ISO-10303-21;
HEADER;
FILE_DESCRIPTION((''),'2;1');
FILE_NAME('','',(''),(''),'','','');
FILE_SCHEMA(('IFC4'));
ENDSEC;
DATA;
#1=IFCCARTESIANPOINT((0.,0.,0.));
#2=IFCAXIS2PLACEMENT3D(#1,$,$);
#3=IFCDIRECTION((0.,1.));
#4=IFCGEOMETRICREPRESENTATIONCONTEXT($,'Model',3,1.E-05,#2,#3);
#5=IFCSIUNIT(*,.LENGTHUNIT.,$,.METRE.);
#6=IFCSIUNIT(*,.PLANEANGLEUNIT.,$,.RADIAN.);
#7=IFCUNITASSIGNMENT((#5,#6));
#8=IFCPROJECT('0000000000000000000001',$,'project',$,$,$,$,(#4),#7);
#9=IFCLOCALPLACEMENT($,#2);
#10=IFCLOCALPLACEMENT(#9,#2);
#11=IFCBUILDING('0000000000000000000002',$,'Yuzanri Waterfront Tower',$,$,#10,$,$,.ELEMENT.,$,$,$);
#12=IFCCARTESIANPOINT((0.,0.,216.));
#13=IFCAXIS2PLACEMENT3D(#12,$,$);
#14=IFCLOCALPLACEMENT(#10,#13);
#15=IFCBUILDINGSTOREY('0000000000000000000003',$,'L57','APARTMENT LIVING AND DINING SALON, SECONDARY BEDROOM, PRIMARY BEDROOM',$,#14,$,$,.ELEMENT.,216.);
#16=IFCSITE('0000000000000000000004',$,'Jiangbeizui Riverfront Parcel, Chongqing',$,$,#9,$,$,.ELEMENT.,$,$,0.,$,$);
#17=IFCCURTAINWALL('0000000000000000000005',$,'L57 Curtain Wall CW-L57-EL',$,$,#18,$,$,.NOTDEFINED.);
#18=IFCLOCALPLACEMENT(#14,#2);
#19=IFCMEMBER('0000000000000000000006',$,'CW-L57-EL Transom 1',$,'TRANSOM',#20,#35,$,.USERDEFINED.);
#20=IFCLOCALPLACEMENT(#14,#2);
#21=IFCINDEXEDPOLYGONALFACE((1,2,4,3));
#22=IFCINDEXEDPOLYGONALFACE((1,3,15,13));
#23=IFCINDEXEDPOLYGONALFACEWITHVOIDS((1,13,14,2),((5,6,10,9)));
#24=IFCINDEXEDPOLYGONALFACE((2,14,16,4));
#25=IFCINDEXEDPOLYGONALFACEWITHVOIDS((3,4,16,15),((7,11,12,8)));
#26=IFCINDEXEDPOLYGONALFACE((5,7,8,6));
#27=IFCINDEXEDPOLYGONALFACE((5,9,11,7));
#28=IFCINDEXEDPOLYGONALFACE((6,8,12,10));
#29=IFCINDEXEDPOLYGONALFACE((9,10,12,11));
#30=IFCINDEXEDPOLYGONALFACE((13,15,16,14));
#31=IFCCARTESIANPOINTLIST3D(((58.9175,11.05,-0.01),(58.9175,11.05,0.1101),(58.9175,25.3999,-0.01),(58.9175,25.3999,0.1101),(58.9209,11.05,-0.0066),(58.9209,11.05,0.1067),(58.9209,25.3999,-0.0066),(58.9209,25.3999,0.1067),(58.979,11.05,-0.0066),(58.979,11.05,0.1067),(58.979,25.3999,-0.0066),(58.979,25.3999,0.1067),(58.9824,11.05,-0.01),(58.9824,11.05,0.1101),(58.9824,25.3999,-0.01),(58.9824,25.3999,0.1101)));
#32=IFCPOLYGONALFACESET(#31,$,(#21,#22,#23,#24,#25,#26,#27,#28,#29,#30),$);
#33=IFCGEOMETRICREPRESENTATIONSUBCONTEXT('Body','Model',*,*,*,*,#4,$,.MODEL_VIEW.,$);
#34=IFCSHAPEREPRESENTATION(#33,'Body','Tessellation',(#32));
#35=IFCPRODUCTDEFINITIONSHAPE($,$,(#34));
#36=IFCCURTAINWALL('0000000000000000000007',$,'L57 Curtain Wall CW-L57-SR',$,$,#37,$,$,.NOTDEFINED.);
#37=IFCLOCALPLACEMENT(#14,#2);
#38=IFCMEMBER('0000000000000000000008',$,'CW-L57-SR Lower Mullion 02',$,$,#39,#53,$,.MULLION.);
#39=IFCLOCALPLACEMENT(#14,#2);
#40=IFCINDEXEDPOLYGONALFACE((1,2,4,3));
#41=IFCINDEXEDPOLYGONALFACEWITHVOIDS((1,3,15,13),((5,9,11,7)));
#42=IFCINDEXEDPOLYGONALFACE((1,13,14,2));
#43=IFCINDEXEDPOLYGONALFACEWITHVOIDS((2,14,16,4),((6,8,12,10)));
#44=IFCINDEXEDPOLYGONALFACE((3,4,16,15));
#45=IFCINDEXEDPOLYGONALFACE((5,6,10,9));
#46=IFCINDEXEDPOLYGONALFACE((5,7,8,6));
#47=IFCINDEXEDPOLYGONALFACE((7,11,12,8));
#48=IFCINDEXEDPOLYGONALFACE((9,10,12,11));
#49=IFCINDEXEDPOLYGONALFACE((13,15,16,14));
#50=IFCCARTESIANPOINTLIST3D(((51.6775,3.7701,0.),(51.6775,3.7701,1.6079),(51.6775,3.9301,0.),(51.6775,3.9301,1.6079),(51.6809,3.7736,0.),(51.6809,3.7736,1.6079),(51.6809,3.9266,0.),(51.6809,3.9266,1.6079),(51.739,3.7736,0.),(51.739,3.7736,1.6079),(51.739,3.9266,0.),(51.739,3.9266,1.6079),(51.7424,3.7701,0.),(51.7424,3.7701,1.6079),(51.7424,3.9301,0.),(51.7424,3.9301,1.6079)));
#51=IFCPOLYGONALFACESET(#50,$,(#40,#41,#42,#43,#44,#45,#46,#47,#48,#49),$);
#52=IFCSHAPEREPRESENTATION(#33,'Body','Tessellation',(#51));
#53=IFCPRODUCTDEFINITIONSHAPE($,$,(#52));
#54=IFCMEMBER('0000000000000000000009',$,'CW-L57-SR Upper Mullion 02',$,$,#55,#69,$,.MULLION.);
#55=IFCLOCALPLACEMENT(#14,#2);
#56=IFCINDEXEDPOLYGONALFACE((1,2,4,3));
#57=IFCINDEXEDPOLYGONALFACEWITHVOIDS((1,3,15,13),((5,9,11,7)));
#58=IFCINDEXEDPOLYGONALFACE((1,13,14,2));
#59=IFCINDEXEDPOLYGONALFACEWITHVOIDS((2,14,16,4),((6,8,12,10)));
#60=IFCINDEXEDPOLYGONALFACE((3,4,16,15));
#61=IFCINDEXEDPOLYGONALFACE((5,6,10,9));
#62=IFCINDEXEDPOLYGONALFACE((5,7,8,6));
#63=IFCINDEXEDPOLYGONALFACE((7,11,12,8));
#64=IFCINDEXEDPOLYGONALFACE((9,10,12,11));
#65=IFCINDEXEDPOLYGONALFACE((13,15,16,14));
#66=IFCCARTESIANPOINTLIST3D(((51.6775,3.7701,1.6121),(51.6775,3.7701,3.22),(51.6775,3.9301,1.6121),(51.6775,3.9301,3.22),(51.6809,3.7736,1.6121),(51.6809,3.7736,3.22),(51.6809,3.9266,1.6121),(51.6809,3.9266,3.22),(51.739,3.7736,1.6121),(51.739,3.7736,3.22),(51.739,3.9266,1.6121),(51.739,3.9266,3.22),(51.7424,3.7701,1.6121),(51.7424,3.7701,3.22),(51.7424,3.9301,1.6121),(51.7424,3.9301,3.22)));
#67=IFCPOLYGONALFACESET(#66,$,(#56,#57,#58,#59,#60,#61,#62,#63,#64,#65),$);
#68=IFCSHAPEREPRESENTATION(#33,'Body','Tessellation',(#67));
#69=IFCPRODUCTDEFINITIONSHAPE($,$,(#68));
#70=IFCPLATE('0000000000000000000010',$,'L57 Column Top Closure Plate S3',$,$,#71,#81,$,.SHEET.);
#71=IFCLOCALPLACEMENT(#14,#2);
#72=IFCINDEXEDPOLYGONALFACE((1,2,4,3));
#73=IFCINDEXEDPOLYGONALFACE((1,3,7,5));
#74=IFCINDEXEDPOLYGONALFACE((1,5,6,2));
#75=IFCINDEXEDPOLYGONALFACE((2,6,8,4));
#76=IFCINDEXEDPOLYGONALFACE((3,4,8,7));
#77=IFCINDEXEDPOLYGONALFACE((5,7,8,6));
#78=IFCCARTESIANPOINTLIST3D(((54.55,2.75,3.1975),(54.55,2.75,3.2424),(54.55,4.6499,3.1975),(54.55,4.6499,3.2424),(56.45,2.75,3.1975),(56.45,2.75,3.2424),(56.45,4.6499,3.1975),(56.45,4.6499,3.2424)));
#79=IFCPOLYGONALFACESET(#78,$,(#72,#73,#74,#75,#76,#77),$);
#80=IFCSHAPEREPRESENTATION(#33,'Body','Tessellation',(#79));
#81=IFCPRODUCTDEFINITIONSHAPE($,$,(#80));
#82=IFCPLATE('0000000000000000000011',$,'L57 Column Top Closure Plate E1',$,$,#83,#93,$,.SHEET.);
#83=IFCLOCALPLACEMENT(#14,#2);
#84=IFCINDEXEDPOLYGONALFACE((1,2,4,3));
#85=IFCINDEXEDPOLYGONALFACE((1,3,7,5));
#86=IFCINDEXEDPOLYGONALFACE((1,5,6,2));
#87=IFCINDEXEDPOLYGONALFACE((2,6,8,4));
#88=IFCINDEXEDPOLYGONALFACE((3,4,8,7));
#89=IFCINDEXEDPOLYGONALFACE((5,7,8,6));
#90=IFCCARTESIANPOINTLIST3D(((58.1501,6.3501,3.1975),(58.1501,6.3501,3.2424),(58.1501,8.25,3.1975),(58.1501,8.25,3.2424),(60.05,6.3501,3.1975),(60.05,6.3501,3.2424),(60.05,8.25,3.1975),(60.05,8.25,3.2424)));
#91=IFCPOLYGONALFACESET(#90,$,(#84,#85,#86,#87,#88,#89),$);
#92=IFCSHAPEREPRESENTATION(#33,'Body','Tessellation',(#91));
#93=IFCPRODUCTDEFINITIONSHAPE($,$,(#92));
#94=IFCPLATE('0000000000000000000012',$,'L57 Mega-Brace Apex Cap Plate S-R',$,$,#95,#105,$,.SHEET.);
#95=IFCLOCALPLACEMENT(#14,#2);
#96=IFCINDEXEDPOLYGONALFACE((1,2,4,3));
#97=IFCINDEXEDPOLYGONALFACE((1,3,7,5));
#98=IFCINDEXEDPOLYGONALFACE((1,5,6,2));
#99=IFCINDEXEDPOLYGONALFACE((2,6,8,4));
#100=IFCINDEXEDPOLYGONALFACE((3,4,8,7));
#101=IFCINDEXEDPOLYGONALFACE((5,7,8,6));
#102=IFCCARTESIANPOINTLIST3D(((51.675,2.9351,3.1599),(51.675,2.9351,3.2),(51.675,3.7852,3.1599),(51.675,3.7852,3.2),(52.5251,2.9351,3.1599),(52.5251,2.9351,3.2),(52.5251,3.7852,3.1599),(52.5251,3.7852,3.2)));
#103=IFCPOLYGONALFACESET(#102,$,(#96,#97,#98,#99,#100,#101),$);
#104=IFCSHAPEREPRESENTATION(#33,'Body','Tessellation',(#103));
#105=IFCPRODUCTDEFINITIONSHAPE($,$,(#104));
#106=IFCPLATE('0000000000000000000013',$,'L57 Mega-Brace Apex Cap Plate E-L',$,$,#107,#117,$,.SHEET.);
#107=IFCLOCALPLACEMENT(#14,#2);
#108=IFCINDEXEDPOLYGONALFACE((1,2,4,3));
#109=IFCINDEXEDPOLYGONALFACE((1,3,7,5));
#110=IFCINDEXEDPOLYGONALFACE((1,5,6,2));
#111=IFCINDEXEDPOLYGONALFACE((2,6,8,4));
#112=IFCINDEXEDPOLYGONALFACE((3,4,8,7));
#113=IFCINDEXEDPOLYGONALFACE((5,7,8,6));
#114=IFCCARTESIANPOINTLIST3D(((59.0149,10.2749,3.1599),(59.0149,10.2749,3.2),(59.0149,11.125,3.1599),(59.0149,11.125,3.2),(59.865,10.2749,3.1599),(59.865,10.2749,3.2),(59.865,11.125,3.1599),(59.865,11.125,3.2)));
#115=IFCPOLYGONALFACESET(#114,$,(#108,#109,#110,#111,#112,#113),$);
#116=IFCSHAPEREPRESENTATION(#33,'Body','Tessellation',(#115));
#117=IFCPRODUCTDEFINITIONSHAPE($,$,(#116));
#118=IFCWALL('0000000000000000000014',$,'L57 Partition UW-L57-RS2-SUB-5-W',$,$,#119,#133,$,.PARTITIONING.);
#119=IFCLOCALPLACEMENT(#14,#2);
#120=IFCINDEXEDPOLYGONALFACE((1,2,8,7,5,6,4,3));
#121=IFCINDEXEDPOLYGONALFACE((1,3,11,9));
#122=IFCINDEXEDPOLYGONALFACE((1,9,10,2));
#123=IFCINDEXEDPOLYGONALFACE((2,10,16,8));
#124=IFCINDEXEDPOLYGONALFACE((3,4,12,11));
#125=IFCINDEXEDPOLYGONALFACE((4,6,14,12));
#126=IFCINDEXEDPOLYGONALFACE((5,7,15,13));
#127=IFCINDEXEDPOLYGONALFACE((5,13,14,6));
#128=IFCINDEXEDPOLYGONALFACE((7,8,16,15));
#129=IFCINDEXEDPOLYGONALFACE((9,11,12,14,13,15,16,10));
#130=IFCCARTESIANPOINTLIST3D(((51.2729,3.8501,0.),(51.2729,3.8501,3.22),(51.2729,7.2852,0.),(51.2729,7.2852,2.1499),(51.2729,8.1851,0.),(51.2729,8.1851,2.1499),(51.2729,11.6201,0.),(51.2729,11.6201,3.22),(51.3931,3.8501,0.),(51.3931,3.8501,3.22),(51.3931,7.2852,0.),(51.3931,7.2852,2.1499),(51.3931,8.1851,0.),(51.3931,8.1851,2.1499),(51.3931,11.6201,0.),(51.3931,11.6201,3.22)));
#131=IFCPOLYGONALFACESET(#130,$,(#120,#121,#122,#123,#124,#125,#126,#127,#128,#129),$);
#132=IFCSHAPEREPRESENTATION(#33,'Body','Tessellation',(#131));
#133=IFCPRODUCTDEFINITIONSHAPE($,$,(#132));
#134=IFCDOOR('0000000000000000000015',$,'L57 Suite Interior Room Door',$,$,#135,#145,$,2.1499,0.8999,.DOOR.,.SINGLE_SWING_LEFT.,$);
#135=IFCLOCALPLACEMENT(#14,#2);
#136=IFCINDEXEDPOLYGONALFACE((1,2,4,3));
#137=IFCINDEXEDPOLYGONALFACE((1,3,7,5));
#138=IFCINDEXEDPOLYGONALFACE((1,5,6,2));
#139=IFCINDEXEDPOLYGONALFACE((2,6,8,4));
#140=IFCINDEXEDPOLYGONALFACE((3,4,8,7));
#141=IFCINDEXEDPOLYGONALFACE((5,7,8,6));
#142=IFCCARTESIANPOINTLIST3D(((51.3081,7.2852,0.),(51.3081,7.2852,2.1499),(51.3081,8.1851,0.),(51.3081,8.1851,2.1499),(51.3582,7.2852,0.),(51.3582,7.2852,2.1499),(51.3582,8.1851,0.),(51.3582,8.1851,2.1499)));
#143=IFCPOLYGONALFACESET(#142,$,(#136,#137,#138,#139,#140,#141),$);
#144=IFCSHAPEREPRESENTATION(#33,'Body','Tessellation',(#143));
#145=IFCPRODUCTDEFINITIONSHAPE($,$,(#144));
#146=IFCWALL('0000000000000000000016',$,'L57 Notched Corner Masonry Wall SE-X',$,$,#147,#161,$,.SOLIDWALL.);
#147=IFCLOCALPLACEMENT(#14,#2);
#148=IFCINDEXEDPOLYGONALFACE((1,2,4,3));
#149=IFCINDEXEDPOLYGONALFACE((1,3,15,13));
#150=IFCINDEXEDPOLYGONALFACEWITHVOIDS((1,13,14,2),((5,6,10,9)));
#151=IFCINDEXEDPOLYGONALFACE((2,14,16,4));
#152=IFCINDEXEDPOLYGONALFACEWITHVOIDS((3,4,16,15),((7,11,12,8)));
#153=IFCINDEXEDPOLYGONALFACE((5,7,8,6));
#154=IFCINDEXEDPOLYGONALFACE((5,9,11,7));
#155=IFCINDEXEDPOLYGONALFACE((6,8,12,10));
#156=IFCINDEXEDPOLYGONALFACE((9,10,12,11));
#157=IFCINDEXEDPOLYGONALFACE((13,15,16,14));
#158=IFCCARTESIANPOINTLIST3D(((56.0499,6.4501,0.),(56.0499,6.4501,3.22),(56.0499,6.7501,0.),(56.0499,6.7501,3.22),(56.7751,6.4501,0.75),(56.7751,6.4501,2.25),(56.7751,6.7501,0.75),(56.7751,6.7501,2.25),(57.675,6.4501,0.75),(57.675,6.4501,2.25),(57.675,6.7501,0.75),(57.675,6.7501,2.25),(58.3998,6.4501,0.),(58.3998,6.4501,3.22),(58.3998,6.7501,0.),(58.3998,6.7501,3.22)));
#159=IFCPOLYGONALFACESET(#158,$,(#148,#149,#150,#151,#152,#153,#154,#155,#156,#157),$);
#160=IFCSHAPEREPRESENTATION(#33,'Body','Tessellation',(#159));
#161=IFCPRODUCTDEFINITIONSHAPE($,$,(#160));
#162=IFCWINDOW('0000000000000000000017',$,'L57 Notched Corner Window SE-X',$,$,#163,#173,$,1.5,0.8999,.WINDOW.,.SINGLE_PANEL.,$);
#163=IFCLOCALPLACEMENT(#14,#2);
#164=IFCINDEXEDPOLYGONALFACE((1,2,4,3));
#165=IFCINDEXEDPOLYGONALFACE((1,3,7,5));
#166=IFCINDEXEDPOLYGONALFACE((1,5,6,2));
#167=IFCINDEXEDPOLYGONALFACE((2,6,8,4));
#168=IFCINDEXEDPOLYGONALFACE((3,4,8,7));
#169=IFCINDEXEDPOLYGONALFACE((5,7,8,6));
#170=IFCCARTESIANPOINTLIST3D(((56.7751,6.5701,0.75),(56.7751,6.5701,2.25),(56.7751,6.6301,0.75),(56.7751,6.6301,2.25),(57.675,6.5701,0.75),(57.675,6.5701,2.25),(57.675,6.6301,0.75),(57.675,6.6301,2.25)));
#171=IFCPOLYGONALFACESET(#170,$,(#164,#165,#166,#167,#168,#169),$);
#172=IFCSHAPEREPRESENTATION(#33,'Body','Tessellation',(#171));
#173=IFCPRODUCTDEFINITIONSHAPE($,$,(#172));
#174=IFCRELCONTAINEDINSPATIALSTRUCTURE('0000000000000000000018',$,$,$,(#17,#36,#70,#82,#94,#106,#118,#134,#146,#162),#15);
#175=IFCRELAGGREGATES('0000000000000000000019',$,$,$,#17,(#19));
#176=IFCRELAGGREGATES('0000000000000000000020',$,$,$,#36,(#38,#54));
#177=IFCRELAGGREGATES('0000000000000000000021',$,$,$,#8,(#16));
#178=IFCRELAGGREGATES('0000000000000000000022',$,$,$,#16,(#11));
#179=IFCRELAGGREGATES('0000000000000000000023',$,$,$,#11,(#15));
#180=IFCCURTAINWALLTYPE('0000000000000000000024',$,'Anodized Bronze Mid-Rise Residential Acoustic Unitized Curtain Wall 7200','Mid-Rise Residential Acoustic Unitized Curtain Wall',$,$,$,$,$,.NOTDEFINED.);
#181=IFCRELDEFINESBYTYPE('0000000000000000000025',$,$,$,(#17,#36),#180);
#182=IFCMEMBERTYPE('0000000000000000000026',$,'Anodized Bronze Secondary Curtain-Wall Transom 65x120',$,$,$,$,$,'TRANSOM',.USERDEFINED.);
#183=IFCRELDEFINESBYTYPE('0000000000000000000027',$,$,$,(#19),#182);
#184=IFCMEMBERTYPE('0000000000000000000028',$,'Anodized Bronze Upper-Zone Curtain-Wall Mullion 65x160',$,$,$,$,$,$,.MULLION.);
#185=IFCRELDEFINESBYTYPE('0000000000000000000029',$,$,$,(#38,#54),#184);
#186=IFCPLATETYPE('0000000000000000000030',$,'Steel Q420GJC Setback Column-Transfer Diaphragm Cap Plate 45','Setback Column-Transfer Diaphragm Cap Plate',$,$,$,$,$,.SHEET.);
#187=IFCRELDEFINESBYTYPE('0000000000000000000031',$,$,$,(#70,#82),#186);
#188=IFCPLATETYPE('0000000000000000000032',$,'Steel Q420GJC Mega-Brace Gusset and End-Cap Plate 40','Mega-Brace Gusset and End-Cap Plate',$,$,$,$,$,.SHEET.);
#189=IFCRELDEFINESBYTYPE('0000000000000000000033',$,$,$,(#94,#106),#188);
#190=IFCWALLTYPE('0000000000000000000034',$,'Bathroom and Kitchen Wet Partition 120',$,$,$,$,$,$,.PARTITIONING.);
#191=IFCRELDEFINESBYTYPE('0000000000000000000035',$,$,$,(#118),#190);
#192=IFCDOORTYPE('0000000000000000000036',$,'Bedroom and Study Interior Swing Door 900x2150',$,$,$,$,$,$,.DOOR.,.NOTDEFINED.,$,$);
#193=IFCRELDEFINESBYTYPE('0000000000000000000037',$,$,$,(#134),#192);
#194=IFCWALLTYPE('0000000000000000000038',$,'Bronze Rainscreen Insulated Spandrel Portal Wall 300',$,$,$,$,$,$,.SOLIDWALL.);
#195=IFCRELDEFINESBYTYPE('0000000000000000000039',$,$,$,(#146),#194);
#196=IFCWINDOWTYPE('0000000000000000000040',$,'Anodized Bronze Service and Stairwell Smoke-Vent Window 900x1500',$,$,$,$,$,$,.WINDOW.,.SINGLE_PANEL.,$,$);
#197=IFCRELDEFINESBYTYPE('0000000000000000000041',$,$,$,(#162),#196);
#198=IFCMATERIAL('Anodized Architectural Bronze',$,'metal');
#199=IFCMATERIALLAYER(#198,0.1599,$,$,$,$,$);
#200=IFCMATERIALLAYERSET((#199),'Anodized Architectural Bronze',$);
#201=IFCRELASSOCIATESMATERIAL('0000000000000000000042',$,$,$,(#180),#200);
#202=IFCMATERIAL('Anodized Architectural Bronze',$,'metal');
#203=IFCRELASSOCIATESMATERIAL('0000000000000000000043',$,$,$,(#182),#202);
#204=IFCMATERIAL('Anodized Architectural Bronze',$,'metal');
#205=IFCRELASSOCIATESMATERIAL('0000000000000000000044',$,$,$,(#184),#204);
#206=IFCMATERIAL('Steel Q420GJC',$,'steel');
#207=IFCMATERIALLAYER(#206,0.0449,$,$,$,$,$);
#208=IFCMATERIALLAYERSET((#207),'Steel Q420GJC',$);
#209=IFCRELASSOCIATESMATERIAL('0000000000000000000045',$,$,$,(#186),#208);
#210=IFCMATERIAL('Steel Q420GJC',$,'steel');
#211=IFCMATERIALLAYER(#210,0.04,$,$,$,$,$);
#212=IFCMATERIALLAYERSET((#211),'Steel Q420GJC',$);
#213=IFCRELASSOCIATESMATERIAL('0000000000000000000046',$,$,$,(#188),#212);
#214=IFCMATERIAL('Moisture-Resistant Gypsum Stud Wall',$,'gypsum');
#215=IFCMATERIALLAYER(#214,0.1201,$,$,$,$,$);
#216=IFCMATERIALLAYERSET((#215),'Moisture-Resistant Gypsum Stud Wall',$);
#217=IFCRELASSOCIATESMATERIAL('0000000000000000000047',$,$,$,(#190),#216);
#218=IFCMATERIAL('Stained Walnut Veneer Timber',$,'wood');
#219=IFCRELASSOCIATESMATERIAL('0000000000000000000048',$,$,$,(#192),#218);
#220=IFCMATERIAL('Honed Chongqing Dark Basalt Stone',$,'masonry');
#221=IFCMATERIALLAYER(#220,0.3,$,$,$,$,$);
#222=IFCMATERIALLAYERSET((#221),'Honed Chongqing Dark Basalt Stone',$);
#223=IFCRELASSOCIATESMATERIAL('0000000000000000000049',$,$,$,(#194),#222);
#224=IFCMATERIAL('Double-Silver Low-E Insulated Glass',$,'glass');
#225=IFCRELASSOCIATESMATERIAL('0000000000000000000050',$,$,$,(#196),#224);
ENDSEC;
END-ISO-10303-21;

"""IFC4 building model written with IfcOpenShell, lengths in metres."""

from ifc_helpers import new_model, si_unit, direction, frame, frame_2d, origin, origin_2d, place, context, subcontext, project, spatial, rectangle, hollow_rectangle, extrude, source, transform, mapped, material, layer, layer_set, material_profile, profile_set, type_object, element, fill, aggregate, save


model = new_model("IFC4")

# Units and contexts
model_context = context("Model", 3, precision=1e-05, world=origin(), true_north=direction((0.0, 1.0)))
body_context = subcontext(model_context, "Body", "Model", "MODEL_VIEW")
ifc_project = project(units=[si_unit("LENGTHUNIT", "METRE"), si_unit("PLANEANGLEUNIT", "RADIAN")], contexts=[model_context])

# Site, building, storey
site_placement = place(None, origin())
site = spatial("IfcSite", under=ifc_project, at=site_placement, Name="Jiangbeizui Riverfront Parcel, Chongqing", CompositionType="ELEMENT", RefElevation=0.0)
building_placement = place(site_placement, origin())
building = spatial("IfcBuilding", under=site, at=building_placement, Name="Yuzanri Waterfront Tower", CompositionType="ELEMENT")
storey_placement = place(building_placement, frame((0.0, 0.0, 216.0)))
storey = spatial("IfcBuildingStorey", under=building, at=storey_placement, Name="L57", Description="APARTMENT LIVING AND DINING SALON, SECONDARY BEDROOM, PRIMARY BEDROOM", CompositionType="ELEMENT", Elevation=216.0)

# Curtain wall, member
ifc_material_1 = material(Name="Anodized Architectural Bronze", Category="metal")
ifc_layer_1 = layer(ifc_material_1, 0.1599)
ifc_layer_set_1 = layer_set([ifc_layer_1], Name="Anodized Architectural Bronze")
curtain_wall_type = type_object("IfcCurtainWallType", Name="Anodized Bronze Mid-Rise Residential Acoustic Unitized Curtain Wall 7200", Description="Mid-Rise Residential Acoustic Unitized Curtain Wall", PredefinedType="NOTDEFINED", material=ifc_layer_set_1)
curtain_wall_1_placement = place(storey_placement, origin())
curtain_wall_1 = element("IfcCurtainWall", 1, at=curtain_wall_1_placement, inside=storey, type_object=curtain_wall_type, Name="L57 Curtain Wall CW-L57-EL", PredefinedType="NOTDEFINED")
ifc_material_2 = material(Name="Anodized Architectural Bronze", Category="metal")
ifc_material_profile_1 = material_profile(ifc_material_2, hollow_rectangle(XDim=0.0649, YDim=0.1201, WallThickness=0.0034, at=origin_2d()), Name="CWT 65x120")
ifc_profile_set_1 = profile_set([ifc_material_profile_1], Name="Anodized Architectural Bronze")
member_type_1 = type_object("IfcMemberType", Name="Anodized Bronze Secondary Curtain-Wall Transom 65x120", ElementType="TRANSOM", PredefinedType="USERDEFINED", material=ifc_profile_set_1)
shared_shape_1 = source(origin(), body_context, "Body", "SweptSolid", [
    extrude(hollow_rectangle(XDim=0.0649, YDim=0.1201, WallThickness=0.0034, at=origin_2d()), origin(), (0.0, 0.0, 1.0), 14.3499),
])
member_1_placement = place(storey_placement, frame((58.95, 11.05, 0.05), z_axis=(0.0, 1.0, 0.0), x_axis=(-1.0, 0.0, 0.0)))
member_1 = element("IfcMember", 2, at=member_1_placement, type_object=member_type_1, Name="CW-L57-EL Transom 1", ObjectType="TRANSOM", PredefinedType="USERDEFINED", context=body_context, shape_type="MappedRepresentation", body=[
    mapped(shared_shape_1, transform((0.0, 0.0, 0.0), scale=1.0)),
])
aggregate(curtain_wall_1, [member_1])

# Curtain wall, members
curtain_wall_2_placement = place(storey_placement, origin())
curtain_wall_2 = element("IfcCurtainWall", 3, at=curtain_wall_2_placement, inside=storey, type_object=curtain_wall_type, Name="L57 Curtain Wall CW-L57-SR", PredefinedType="NOTDEFINED")
ifc_material_3 = material(Name="Anodized Architectural Bronze", Category="metal")
ifc_material_profile_2 = material_profile(ifc_material_3, hollow_rectangle(XDim=0.0649, YDim=0.1599, WallThickness=0.0034, at=origin_2d()), Name="CWM 65x160")
ifc_profile_set_2 = profile_set([ifc_material_profile_2], Name="Anodized Architectural Bronze")
member_type_2 = type_object("IfcMemberType", Name="Anodized Bronze Upper-Zone Curtain-Wall Mullion 65x160", PredefinedType="MULLION", material=ifc_profile_set_2)
shared_shape_2 = source(origin(), body_context, "Body", "SweptSolid", [
    extrude(hollow_rectangle(XDim=0.0649, YDim=0.1599, WallThickness=0.0034, at=origin_2d()), origin(), (0.0, 0.0, 1.0), 1.6079),
])
member_2_placement = place(storey_placement, frame((51.71, 3.8501, 0.0), z_axis=(0.0, 0.0, 1.0), x_axis=(1.0, 0.0, 0.0)))
member_2 = element("IfcMember", 4, at=member_2_placement, type_object=member_type_2, Name="CW-L57-SR Lower Mullion 02", PredefinedType="MULLION", context=body_context, shape_type="MappedRepresentation", body=[
    mapped(shared_shape_2, transform((0.0, 0.0, 0.0), scale=1.0)),
])
member_3_placement = place(storey_placement, frame((51.71, 3.8501, 1.6121), z_axis=(0.0, 0.0, 1.0), x_axis=(1.0, 0.0, 0.0)))
member_3 = element("IfcMember", 5, at=member_3_placement, type_object=member_type_2, Name="CW-L57-SR Upper Mullion 02", PredefinedType="MULLION", context=body_context, shape_type="MappedRepresentation", body=[
    mapped(shared_shape_2, transform((0.0, 0.0, 0.0), scale=1.0)),
])
aggregate(curtain_wall_2, [member_2, member_3])

# Plates
ifc_material_4 = material(Name="Steel Q420GJC", Category="steel")
ifc_layer_2 = layer(ifc_material_4, 0.0449)
ifc_layer_set_2 = layer_set([ifc_layer_2], Name="Steel Q420GJC")
plate_type_1 = type_object("IfcPlateType", Name="Steel Q420GJC Setback Column-Transfer Diaphragm Cap Plate 45", Description="Setback Column-Transfer Diaphragm Cap Plate", PredefinedType="SHEET", material=ifc_layer_set_2)
shared_shape_3 = source(origin(), body_context, "Body", "SweptSolid", [
    extrude(rectangle(XDim=1.8999, YDim=1.8999, at=origin_2d()), origin(), (0.0, 0.0, 1.0), 0.0449),
])
for number, where, z_axis, x_axis, name in (
    (6, (55.5, 3.7, 3.1975), (0.0, 0.0, 1.0), (1.0, 0.0, 0.0), "L57 Column Top Closure Plate S3"),
    (7, (59.1001, 7.3, 3.1975), (0.0, 0.0, 1.0), (1.0, 0.0, 0.0), "L57 Column Top Closure Plate E1"),
):
    element("IfcPlate", number, at=place(storey_placement, frame(where, z_axis=z_axis, x_axis=x_axis)), inside=storey, type_object=plate_type_1, Name=name, PredefinedType="SHEET", context=body_context, shape_type="MappedRepresentation", body=[
        mapped(shared_shape_3, transform((0.0, 0.0, 0.0), scale=1.0)),
    ])
ifc_material_5 = material(Name="Steel Q420GJC", Category="steel")
ifc_layer_3 = layer(ifc_material_5, 0.04)
ifc_layer_set_3 = layer_set([ifc_layer_3], Name="Steel Q420GJC")
plate_type_2 = type_object("IfcPlateType", Name="Steel Q420GJC Mega-Brace Gusset and End-Cap Plate 40", Description="Mega-Brace Gusset and End-Cap Plate", PredefinedType="SHEET", material=ifc_layer_set_3)
shared_shape_4 = source(origin(), body_context, "Body", "SweptSolid", [
    extrude(rectangle(XDim=0.8501, YDim=0.8501, at=origin_2d()), origin(), (0.0, 0.0, 1.0), 0.04),
])
for number, where, z_axis, x_axis, name in (
    (8, (52.1001, 3.3601, 3.1599), (0.0, 0.0, 1.0), (1.0, 0.0, 0.0), "L57 Mega-Brace Apex Cap Plate S-R"),
    (9, (59.4399, 10.7, 3.1599), (0.0, 0.0, 1.0), (1.0, 0.0, 0.0), "L57 Mega-Brace Apex Cap Plate E-L"),
):
    element("IfcPlate", number, at=place(storey_placement, frame(where, z_axis=z_axis, x_axis=x_axis)), inside=storey, type_object=plate_type_2, Name=name, PredefinedType="SHEET", context=body_context, shape_type="MappedRepresentation", body=[
        mapped(shared_shape_4, transform((0.0, 0.0, 0.0), scale=1.0)),
    ])

# Wall, opening, door
ifc_material_6 = material(Name="Moisture-Resistant Gypsum Stud Wall", Category="gypsum")
ifc_layer_4 = layer(ifc_material_6, 0.1201)
ifc_layer_set_4 = layer_set([ifc_layer_4], Name="Moisture-Resistant Gypsum Stud Wall")
wall_type_1 = type_object("IfcWallType", Name="Bathroom and Kitchen Wet Partition 120", PredefinedType="PARTITIONING", material=ifc_layer_set_4)
wall_1_placement = place(storey_placement, frame((51.333, 3.8501, 0.0), z_axis=(0.0, 0.0, 1.0), x_axis=(0.0, 1.0, 0.0)))
wall_1 = element("IfcWall", 10, at=wall_1_placement, inside=storey, type_object=wall_type_1, Name="L57 Partition UW-L57-RS2-SUB-5-W", PredefinedType="PARTITIONING", context=body_context, shape_type="SweptSolid", body=[
    extrude(rectangle(XDim=7.77, YDim=0.1201, at=frame_2d((3.885, 0.0))), origin(), (0.0, 0.0, 1.0), 3.22),
])
opening_1_placement = place(wall_1_placement, frame((3.4351, 0.0, 0.0)))
opening_1 = element("IfcOpeningElement", 11, at=opening_1_placement, cuts=wall_1, PredefinedType="OPENING", context=body_context, shape_type="SweptSolid", body=[
    extrude(rectangle(XDim=0.8999, YDim=2.1499, at=frame_2d((0.45, 1.075))), frame((0.0, 0.075, 0.0), z_axis=(0.0, -1.0, 0.0), x_axis=(1.0, 0.0, 0.0)), (0.0, 0.0, 1.0), 0.1499),
])
ifc_material_7 = material(Name="Stained Walnut Veneer Timber", Category="wood")
door_type = type_object("IfcDoorType", Name="Bedroom and Study Interior Swing Door 900x2150", OperationType="NOTDEFINED", PredefinedType="DOOR", material=ifc_material_7)
shared_shape_5 = source(origin(), body_context, "Body", "SweptSolid", [
    extrude(rectangle(XDim=0.8999, YDim=2.1499, at=frame_2d((0.45, 1.075))), frame((0.0, 0.0249, 0.0), z_axis=(0.0, -1.0, 0.0), x_axis=(1.0, 0.0, 0.0)), (0.0, 0.0, 1.0), 0.05),
])
door_placement = place(opening_1_placement, origin())
door = element("IfcDoor", 12, at=door_placement, inside=storey, type_object=door_type, Name="L57 Suite Interior Room Door", OperationType="SINGLE_SWING_LEFT", OverallHeight=2.1499, OverallWidth=0.8999, PredefinedType="DOOR", context=body_context, shape_type="MappedRepresentation", body=[
    mapped(shared_shape_5, transform((0.0, 0.0, 0.0), scale=1.0)),
])
fill(opening_1, door)

# Wall, opening, window
ifc_material_8 = material(Name="Honed Chongqing Dark Basalt Stone", Category="masonry")
ifc_layer_5 = layer(ifc_material_8, 0.3)
ifc_layer_set_5 = layer_set([ifc_layer_5], Name="Honed Chongqing Dark Basalt Stone")
wall_type_2 = type_object("IfcWallType", Name="Bronze Rainscreen Insulated Spandrel Portal Wall 300", PredefinedType="SOLIDWALL", material=ifc_layer_set_5)
wall_2_placement = place(storey_placement, frame((56.05, 6.6001, 0.0), z_axis=(0.0, 0.0, 1.0), x_axis=(1.0, 0.0, 0.0)))
wall_2 = element("IfcWall", 13, at=wall_2_placement, inside=storey, type_object=wall_type_2, Name="L57 Notched Corner Masonry Wall SE-X", PredefinedType="SOLIDWALL", context=body_context, shape_type="SweptSolid", body=[
    extrude(rectangle(XDim=2.3499, YDim=0.3, at=frame_2d((1.1748, 0.0))), origin(), (0.0, 0.0, 1.0), 3.22),
])
opening_2_placement = place(wall_2_placement, frame((0.7251, 0.0, 0.75)))
opening_2 = element("IfcOpeningElement", 14, at=opening_2_placement, cuts=wall_2, PredefinedType="OPENING", context=body_context, shape_type="SweptSolid", body=[
    extrude(rectangle(XDim=0.8999, YDim=1.5, at=frame_2d((0.45, 0.75))), frame((0.0, 0.165, 0.0), z_axis=(0.0, -1.0, 0.0), x_axis=(1.0, 0.0, 0.0)), (0.0, 0.0, 1.0), 0.3298),
])
ifc_material_9 = material(Name="Double-Silver Low-E Insulated Glass", Category="glass")
window_type = type_object("IfcWindowType", Name="Anodized Bronze Service and Stairwell Smoke-Vent Window 900x1500", PartitioningType="SINGLE_PANEL", PredefinedType="WINDOW", material=ifc_material_9)
shared_shape_6 = source(origin(), body_context, "Body", "SweptSolid", [
    extrude(rectangle(XDim=0.8999, YDim=1.5, at=frame_2d((0.45, 0.75))), frame((0.0, 0.03, 0.0), z_axis=(0.0, -1.0, 0.0), x_axis=(1.0, 0.0, 0.0)), (0.0, 0.0, 1.0), 0.0601),
])
window_1_placement = place(opening_2_placement, origin())
window_1 = element("IfcWindow", 15, at=window_1_placement, inside=storey, type_object=window_type, Name="L57 Notched Corner Window SE-X", OverallHeight=1.5, OverallWidth=0.8999, PartitioningType="SINGLE_PANEL", PredefinedType="WINDOW", context=body_context, shape_type="MappedRepresentation", body=[
    mapped(shared_shape_6, transform((0.0, 0.0, 0.0), scale=1.0)),
])
fill(opening_2, window_1)

save(model, "model.ifc")
